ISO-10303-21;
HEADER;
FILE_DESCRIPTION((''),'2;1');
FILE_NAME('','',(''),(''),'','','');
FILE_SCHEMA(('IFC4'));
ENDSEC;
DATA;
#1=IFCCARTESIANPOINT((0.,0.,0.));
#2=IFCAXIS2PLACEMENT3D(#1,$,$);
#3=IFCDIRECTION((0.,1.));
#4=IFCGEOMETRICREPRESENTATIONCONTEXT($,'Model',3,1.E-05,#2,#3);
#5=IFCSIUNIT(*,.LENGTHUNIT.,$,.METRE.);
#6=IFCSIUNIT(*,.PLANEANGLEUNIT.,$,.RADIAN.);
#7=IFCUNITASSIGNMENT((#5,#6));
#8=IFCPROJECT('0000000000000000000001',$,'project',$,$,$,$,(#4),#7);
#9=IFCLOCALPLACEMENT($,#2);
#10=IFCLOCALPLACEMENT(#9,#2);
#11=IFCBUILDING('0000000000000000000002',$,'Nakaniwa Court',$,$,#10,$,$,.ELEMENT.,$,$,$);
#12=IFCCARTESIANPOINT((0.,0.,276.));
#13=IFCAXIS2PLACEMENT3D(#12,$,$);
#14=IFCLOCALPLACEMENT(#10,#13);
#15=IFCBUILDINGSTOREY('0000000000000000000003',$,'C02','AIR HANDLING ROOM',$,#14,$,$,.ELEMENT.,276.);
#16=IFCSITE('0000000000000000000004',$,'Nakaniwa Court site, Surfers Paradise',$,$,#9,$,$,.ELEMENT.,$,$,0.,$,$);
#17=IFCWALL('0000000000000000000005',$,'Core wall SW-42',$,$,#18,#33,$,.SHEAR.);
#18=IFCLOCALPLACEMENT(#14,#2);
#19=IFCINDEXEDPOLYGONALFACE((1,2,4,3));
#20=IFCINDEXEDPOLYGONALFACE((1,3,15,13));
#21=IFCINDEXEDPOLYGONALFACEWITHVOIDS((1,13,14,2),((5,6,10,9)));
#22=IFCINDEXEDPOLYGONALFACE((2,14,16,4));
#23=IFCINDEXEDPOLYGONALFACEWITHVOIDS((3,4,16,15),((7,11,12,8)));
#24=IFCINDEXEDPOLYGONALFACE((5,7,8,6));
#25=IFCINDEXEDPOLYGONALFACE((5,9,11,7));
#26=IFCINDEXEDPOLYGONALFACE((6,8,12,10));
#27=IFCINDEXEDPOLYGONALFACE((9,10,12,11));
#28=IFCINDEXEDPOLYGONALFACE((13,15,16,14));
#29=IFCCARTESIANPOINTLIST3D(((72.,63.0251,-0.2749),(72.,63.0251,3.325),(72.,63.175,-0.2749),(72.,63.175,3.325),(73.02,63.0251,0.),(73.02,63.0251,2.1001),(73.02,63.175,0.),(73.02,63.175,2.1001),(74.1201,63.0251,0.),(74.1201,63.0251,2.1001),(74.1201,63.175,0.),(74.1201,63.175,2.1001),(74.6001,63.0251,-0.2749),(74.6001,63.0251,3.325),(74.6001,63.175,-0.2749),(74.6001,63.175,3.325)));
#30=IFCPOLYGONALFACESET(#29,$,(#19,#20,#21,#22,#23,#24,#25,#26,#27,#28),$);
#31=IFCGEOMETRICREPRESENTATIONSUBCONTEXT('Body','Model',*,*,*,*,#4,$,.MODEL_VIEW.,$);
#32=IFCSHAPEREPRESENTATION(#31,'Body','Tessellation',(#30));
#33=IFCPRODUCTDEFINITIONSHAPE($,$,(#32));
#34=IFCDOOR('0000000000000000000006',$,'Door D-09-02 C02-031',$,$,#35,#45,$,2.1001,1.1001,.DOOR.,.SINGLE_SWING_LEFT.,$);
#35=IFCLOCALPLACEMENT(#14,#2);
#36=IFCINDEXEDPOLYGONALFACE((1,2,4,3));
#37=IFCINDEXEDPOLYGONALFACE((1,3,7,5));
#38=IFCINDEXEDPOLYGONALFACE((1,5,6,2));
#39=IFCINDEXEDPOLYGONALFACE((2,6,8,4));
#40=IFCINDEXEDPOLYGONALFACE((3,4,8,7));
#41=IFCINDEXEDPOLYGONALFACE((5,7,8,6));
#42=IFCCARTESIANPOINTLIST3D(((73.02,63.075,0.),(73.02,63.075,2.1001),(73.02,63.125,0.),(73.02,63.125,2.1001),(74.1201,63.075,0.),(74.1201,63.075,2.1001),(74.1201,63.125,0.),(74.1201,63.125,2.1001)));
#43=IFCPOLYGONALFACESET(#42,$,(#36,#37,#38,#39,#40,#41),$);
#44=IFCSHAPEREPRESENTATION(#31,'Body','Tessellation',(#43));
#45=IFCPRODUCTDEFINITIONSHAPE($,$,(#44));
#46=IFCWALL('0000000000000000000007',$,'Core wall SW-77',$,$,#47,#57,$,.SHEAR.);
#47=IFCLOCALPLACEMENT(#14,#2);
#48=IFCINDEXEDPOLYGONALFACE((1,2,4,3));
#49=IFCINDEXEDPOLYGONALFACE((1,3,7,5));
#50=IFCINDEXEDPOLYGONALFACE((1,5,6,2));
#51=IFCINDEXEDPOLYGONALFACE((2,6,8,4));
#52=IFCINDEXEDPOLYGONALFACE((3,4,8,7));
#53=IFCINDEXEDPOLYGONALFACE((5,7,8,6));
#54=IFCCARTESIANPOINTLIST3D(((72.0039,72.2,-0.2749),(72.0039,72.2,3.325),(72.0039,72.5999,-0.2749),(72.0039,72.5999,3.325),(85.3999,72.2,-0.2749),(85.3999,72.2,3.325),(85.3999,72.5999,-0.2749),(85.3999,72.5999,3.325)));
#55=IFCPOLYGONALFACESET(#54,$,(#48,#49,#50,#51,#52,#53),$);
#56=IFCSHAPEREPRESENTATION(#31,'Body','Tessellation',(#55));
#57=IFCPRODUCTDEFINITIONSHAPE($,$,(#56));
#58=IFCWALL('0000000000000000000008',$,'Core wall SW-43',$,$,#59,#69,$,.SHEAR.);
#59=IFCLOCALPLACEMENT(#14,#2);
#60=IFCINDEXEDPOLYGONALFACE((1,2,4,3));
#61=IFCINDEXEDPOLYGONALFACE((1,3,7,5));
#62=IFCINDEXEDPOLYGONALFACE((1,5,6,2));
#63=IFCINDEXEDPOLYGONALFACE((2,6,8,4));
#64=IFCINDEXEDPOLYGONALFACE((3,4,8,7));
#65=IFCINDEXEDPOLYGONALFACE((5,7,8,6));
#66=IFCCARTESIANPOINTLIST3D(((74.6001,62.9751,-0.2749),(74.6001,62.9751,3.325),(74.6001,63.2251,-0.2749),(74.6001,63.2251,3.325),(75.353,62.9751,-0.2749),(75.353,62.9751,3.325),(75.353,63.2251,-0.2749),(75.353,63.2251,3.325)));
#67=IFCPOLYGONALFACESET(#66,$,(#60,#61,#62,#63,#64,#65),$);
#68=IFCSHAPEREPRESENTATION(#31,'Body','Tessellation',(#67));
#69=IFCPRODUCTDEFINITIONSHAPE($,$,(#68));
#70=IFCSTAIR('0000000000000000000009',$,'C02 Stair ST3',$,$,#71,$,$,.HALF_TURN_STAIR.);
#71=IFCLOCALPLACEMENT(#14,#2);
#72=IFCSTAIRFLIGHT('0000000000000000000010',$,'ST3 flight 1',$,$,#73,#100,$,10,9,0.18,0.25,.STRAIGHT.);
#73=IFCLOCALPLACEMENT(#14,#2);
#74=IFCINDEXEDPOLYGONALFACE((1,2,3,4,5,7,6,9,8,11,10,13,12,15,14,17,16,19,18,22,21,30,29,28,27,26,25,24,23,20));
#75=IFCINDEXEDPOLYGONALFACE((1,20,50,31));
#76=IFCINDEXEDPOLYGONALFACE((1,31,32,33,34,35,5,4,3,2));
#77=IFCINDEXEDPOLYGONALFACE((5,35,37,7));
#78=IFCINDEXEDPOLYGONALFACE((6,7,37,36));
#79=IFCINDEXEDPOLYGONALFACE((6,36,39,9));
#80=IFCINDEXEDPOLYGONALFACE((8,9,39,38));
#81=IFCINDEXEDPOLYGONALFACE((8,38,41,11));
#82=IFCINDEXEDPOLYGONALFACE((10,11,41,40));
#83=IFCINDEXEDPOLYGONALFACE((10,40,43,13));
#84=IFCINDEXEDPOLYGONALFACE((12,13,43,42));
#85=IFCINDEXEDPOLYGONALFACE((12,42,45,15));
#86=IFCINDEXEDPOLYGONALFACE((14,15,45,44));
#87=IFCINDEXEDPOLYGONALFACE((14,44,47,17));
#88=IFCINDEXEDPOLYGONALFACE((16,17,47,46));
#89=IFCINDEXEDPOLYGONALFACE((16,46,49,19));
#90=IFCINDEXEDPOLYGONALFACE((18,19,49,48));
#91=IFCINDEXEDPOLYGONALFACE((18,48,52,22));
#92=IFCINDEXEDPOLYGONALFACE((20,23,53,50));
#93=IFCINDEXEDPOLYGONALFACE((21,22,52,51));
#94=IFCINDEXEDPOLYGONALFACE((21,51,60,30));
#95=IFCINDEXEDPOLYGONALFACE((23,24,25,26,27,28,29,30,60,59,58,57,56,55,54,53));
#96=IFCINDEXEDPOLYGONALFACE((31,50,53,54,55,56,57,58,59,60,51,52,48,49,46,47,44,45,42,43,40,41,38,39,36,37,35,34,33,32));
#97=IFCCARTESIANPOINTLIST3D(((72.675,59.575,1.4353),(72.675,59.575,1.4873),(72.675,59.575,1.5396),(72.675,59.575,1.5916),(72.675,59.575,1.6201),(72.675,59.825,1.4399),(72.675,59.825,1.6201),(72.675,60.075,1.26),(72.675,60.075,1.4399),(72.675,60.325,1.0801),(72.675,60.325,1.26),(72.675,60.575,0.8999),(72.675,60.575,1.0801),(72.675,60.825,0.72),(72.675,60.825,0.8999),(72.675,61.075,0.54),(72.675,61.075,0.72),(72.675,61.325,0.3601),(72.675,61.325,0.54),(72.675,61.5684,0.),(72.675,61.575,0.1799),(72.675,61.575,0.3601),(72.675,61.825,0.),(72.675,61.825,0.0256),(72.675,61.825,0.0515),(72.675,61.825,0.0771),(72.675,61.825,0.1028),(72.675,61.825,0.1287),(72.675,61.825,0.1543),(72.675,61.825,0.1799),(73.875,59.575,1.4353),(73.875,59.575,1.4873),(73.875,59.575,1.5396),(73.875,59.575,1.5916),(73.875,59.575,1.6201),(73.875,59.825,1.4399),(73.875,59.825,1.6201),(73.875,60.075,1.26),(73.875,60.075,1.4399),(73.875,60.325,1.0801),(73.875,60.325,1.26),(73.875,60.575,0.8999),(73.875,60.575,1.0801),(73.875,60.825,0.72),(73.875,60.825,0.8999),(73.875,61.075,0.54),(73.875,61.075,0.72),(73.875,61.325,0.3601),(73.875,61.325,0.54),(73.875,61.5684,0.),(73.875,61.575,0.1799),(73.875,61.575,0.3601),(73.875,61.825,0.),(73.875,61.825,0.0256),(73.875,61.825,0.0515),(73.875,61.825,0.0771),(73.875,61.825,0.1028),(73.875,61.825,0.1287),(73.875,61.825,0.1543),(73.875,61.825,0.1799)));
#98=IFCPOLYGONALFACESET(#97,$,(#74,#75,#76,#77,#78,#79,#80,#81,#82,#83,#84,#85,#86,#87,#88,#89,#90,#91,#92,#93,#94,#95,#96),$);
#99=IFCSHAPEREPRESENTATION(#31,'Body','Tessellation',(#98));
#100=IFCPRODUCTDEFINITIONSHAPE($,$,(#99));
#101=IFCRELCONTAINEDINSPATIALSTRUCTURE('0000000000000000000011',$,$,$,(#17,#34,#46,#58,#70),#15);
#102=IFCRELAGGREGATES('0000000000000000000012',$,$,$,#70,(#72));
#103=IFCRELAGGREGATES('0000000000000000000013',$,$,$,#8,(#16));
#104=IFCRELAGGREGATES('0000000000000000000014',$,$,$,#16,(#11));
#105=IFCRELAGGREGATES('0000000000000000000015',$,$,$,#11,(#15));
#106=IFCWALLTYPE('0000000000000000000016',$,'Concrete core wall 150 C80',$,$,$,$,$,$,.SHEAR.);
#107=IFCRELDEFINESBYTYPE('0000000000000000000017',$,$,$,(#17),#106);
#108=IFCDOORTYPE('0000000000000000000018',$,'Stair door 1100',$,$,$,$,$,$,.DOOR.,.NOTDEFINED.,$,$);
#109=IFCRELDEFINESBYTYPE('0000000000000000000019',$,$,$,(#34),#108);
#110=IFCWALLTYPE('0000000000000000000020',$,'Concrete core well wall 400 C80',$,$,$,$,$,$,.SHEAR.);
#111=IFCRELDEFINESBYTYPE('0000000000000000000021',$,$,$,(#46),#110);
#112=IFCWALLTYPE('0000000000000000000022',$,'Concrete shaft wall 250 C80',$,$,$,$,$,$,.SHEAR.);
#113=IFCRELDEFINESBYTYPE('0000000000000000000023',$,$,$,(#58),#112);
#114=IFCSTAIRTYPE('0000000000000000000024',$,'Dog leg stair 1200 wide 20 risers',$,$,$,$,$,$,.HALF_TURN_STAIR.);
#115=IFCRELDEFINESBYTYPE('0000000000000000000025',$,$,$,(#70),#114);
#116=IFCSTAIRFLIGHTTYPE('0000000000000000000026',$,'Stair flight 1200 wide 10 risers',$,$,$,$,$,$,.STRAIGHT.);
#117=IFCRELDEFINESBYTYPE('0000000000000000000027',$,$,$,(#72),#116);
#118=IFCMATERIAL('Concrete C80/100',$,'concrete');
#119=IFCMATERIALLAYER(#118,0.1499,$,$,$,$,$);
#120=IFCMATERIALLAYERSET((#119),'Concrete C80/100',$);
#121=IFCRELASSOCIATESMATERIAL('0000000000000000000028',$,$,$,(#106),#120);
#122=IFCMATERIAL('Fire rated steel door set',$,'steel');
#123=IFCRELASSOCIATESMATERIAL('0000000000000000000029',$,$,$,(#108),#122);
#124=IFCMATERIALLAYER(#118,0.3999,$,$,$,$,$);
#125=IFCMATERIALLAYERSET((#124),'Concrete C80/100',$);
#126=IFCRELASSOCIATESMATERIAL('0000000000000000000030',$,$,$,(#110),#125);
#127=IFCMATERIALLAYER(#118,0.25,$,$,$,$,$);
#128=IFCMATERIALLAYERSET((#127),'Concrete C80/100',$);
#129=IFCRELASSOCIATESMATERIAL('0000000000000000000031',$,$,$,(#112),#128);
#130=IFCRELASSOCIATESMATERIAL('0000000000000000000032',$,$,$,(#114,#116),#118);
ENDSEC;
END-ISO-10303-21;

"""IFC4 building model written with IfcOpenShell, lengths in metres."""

from ifc_helpers import new_model, si_unit, direction, frame, frame_2d, origin, place, context, subcontext, project, spatial, polyline, rectangle, outline, extrude, material, layer, layer_set, type_object, element, fill, aggregate, save


model = new_model("IFC4")

# Units and contexts
model_context = context("Model", 3, precision=1e-05, world=origin(), true_north=direction((0.0, 1.0)))
body_context = subcontext(model_context, "Body", "Model", "MODEL_VIEW")
ifc_project = project(units=[si_unit("LENGTHUNIT", "METRE"), si_unit("PLANEANGLEUNIT", "RADIAN")], contexts=[model_context])

# Site, building, storey
site_placement = place(None, origin())
site = spatial("IfcSite", under=ifc_project, at=site_placement, Name="Nakaniwa Court site, Surfers Paradise", CompositionType="ELEMENT", RefElevation=0.0)
building_placement = place(site_placement, origin())
building = spatial("IfcBuilding", under=site, at=building_placement, Name="Nakaniwa Court", CompositionType="ELEMENT")
storey_placement = place(building_placement, frame((0.0, 0.0, 276.0)))
storey = spatial("IfcBuildingStorey", under=building, at=storey_placement, Name="C02", Description="AIR HANDLING ROOM", CompositionType="ELEMENT", Elevation=276.0)

# Shared definitions
ifc_material_1 = material(Name="Fire rated steel door set", Category="steel")

# Wall, opening, door
ifc_material_2 = material(Name="Concrete C80/100", Category="concrete")
ifc_layer_1 = layer(ifc_material_2, 0.1499)
ifc_layer_set_1 = layer_set([ifc_layer_1], Name="Concrete C80/100")
wall_type_1 = type_object("IfcWallType", Name="Concrete core wall 150 C80", PredefinedType="SHEAR", material=ifc_layer_set_1)
wall_1_placement = place(storey_placement, frame((72.0, 63.1001, -0.2749), z_axis=(0.0, 0.0, 1.0), x_axis=(1.0, 0.0, 0.0)))
wall_1 = element("IfcWall", 1, at=wall_1_placement, inside=storey, type_object=wall_type_1, Name="Core wall SW-42", PredefinedType="SHEAR", context=body_context, shape_type="SweptSolid", body=[
    extrude(rectangle(XDim=2.6001, YDim=0.1499, at=frame_2d((1.3, 0.0))), origin(), (0.0, 0.0, 1.0), 3.5999),
])
opening_1_placement = place(wall_1_placement, frame((1.02, 0.0, 0.2749)))
opening_1 = element("IfcOpeningElement", 2, at=opening_1_placement, cuts=wall_1, PredefinedType="OPENING", context=body_context, shape_type="SweptSolid", body=[
    extrude(rectangle(XDim=1.1001, YDim=2.1001, at=frame_2d((0.55, 1.05))), frame((0.0, 0.085, 0.0), z_axis=(0.0, -1.0, 0.0), x_axis=(1.0, 0.0, 0.0)), (0.0, 0.0, 1.0), 0.1699),
])
door_type_1 = type_object("IfcDoorType", Name="Stair door 1100", OperationType="NOTDEFINED", PredefinedType="DOOR", material=ifc_material_1)
door_1_placement = place(opening_1_placement, origin())
door_1 = element("IfcDoor", 3, at=door_1_placement, inside=storey, type_object=door_type_1, Name="Door D-09-02 C02-031", OperationType="SINGLE_SWING_LEFT", OverallHeight=2.1001, OverallWidth=1.1001, PredefinedType="DOOR", context=body_context, shape_type="SweptSolid", body=[
    extrude(rectangle(XDim=1.1001, YDim=2.1001, at=frame_2d((0.55, 1.05))), frame((0.0, 0.0249, 0.0), z_axis=(0.0, -1.0, 0.0), x_axis=(1.0, 0.0, 0.0)), (0.0, 0.0, 1.0), 0.05),
])
fill(opening_1, door_1)

# Walls
ifc_layer_2 = layer(ifc_material_2, 0.3999)
ifc_layer_set_2 = layer_set([ifc_layer_2], Name="Concrete C80/100")
wall_type_2 = type_object("IfcWallType", Name="Concrete core well wall 400 C80", PredefinedType="SHEAR", material=ifc_layer_set_2)
wall_2_placement = place(storey_placement, frame((72.0039, 72.3999, -0.2749), z_axis=(0.0, 0.0, 1.0), x_axis=(1.0, 0.0, 0.0)))
element("IfcWall", 4, at=wall_2_placement, inside=storey, type_object=wall_type_2, Name="Core wall SW-77", PredefinedType="SHEAR", context=body_context, shape_type="SweptSolid", body=[
    extrude(rectangle(XDim=13.396, YDim=0.3999, at=frame_2d((6.698, 0.0))), origin(), (0.0, 0.0, 1.0), 3.5999),
])
ifc_layer_3 = layer(ifc_material_2, 0.25)
ifc_layer_set_3 = layer_set([ifc_layer_3], Name="Concrete C80/100")
wall_type_3 = type_object("IfcWallType", Name="Concrete shaft wall 250 C80", PredefinedType="SHEAR", material=ifc_layer_set_3)
wall_3_placement = place(storey_placement, frame((74.6001, 63.1001, -0.2749), z_axis=(0.0, 0.0, 1.0), x_axis=(1.0, 0.0, 0.0)))
element("IfcWall", 5, at=wall_3_placement, inside=storey, type_object=wall_type_3, Name="Core wall SW-43", PredefinedType="SHEAR", context=body_context, shape_type="SweptSolid", body=[
    extrude(rectangle(XDim=0.7529, YDim=0.25, at=frame_2d((0.3765, 0.0))), origin(), (0.0, 0.0, 1.0), 3.5999),
])

# Stair, stair flight
stair_type = type_object("IfcStairType", Name="Dog leg stair 1200 wide 20 risers", PredefinedType="HALF_TURN_STAIR", material=ifc_material_2)
stair_placement = place(storey_placement, origin())
stair = element("IfcStair", 6, at=stair_placement, inside=storey, type_object=stair_type, Name="C02 Stair ST3", PredefinedType="HALF_TURN_STAIR")
stair_flight_type = type_object("IfcStairFlightType", Name="Stair flight 1200 wide 10 risers", PredefinedType="STRAIGHT", material=ifc_material_2)
stair_flight_placement = place(storey_placement, frame((73.2749, 61.825, 0.0), z_axis=(0.0, 0.0, 1.0), x_axis=(0.0, -1.0, 0.0)))
stair_flight = element("IfcStairFlight", 7, at=stair_flight_placement, type_object=stair_flight_type, Name="ST3 flight 1", NumberOfRisers=10, NumberOfTreads=9, PredefinedType="STRAIGHT", RiserHeight=0.18, TreadLength=0.25, context=body_context, shape_type="SweptSolid", body=[
    extrude(outline(polyline([(0.0, 0.0), (0.0, 0.0256), (0.0, 0.0515), (0.0, 0.0771), (0.0, 0.1028), (0.0, 0.1287), (0.0, 0.1543), (0.0, 0.1799), (0.25, 0.1799), (0.25, 0.3601), (0.5, 0.3601), (0.5, 0.54), (0.75, 0.54), (0.75, 0.72), (1.0, 0.72), (1.0, 0.8999), (1.25, 0.8999), (1.25, 1.0801), (1.5, 1.0801), (1.5, 1.26), (1.75, 1.26), (1.75, 1.4399), (2.0, 1.4399), (2.0, 1.6201), (2.25, 1.6201), (2.25, 1.8), (2.25, 1.7478), (2.25, 1.6958), (2.25, 1.6438), (2.25, 1.5916), (2.25, 1.5396), (2.25, 1.4873), (2.25, 1.4353), (0.2566, 0.0), (0.0, 0.0)])), frame((0.0, 0.6001, 0.0), z_axis=(0.0, -1.0, 0.0), x_axis=(1.0, 0.0, 0.0)), (0.0, 0.0, 1.0), 1.2),
])
aggregate(stair, [stair_flight])

save(model, "model.ifc")
